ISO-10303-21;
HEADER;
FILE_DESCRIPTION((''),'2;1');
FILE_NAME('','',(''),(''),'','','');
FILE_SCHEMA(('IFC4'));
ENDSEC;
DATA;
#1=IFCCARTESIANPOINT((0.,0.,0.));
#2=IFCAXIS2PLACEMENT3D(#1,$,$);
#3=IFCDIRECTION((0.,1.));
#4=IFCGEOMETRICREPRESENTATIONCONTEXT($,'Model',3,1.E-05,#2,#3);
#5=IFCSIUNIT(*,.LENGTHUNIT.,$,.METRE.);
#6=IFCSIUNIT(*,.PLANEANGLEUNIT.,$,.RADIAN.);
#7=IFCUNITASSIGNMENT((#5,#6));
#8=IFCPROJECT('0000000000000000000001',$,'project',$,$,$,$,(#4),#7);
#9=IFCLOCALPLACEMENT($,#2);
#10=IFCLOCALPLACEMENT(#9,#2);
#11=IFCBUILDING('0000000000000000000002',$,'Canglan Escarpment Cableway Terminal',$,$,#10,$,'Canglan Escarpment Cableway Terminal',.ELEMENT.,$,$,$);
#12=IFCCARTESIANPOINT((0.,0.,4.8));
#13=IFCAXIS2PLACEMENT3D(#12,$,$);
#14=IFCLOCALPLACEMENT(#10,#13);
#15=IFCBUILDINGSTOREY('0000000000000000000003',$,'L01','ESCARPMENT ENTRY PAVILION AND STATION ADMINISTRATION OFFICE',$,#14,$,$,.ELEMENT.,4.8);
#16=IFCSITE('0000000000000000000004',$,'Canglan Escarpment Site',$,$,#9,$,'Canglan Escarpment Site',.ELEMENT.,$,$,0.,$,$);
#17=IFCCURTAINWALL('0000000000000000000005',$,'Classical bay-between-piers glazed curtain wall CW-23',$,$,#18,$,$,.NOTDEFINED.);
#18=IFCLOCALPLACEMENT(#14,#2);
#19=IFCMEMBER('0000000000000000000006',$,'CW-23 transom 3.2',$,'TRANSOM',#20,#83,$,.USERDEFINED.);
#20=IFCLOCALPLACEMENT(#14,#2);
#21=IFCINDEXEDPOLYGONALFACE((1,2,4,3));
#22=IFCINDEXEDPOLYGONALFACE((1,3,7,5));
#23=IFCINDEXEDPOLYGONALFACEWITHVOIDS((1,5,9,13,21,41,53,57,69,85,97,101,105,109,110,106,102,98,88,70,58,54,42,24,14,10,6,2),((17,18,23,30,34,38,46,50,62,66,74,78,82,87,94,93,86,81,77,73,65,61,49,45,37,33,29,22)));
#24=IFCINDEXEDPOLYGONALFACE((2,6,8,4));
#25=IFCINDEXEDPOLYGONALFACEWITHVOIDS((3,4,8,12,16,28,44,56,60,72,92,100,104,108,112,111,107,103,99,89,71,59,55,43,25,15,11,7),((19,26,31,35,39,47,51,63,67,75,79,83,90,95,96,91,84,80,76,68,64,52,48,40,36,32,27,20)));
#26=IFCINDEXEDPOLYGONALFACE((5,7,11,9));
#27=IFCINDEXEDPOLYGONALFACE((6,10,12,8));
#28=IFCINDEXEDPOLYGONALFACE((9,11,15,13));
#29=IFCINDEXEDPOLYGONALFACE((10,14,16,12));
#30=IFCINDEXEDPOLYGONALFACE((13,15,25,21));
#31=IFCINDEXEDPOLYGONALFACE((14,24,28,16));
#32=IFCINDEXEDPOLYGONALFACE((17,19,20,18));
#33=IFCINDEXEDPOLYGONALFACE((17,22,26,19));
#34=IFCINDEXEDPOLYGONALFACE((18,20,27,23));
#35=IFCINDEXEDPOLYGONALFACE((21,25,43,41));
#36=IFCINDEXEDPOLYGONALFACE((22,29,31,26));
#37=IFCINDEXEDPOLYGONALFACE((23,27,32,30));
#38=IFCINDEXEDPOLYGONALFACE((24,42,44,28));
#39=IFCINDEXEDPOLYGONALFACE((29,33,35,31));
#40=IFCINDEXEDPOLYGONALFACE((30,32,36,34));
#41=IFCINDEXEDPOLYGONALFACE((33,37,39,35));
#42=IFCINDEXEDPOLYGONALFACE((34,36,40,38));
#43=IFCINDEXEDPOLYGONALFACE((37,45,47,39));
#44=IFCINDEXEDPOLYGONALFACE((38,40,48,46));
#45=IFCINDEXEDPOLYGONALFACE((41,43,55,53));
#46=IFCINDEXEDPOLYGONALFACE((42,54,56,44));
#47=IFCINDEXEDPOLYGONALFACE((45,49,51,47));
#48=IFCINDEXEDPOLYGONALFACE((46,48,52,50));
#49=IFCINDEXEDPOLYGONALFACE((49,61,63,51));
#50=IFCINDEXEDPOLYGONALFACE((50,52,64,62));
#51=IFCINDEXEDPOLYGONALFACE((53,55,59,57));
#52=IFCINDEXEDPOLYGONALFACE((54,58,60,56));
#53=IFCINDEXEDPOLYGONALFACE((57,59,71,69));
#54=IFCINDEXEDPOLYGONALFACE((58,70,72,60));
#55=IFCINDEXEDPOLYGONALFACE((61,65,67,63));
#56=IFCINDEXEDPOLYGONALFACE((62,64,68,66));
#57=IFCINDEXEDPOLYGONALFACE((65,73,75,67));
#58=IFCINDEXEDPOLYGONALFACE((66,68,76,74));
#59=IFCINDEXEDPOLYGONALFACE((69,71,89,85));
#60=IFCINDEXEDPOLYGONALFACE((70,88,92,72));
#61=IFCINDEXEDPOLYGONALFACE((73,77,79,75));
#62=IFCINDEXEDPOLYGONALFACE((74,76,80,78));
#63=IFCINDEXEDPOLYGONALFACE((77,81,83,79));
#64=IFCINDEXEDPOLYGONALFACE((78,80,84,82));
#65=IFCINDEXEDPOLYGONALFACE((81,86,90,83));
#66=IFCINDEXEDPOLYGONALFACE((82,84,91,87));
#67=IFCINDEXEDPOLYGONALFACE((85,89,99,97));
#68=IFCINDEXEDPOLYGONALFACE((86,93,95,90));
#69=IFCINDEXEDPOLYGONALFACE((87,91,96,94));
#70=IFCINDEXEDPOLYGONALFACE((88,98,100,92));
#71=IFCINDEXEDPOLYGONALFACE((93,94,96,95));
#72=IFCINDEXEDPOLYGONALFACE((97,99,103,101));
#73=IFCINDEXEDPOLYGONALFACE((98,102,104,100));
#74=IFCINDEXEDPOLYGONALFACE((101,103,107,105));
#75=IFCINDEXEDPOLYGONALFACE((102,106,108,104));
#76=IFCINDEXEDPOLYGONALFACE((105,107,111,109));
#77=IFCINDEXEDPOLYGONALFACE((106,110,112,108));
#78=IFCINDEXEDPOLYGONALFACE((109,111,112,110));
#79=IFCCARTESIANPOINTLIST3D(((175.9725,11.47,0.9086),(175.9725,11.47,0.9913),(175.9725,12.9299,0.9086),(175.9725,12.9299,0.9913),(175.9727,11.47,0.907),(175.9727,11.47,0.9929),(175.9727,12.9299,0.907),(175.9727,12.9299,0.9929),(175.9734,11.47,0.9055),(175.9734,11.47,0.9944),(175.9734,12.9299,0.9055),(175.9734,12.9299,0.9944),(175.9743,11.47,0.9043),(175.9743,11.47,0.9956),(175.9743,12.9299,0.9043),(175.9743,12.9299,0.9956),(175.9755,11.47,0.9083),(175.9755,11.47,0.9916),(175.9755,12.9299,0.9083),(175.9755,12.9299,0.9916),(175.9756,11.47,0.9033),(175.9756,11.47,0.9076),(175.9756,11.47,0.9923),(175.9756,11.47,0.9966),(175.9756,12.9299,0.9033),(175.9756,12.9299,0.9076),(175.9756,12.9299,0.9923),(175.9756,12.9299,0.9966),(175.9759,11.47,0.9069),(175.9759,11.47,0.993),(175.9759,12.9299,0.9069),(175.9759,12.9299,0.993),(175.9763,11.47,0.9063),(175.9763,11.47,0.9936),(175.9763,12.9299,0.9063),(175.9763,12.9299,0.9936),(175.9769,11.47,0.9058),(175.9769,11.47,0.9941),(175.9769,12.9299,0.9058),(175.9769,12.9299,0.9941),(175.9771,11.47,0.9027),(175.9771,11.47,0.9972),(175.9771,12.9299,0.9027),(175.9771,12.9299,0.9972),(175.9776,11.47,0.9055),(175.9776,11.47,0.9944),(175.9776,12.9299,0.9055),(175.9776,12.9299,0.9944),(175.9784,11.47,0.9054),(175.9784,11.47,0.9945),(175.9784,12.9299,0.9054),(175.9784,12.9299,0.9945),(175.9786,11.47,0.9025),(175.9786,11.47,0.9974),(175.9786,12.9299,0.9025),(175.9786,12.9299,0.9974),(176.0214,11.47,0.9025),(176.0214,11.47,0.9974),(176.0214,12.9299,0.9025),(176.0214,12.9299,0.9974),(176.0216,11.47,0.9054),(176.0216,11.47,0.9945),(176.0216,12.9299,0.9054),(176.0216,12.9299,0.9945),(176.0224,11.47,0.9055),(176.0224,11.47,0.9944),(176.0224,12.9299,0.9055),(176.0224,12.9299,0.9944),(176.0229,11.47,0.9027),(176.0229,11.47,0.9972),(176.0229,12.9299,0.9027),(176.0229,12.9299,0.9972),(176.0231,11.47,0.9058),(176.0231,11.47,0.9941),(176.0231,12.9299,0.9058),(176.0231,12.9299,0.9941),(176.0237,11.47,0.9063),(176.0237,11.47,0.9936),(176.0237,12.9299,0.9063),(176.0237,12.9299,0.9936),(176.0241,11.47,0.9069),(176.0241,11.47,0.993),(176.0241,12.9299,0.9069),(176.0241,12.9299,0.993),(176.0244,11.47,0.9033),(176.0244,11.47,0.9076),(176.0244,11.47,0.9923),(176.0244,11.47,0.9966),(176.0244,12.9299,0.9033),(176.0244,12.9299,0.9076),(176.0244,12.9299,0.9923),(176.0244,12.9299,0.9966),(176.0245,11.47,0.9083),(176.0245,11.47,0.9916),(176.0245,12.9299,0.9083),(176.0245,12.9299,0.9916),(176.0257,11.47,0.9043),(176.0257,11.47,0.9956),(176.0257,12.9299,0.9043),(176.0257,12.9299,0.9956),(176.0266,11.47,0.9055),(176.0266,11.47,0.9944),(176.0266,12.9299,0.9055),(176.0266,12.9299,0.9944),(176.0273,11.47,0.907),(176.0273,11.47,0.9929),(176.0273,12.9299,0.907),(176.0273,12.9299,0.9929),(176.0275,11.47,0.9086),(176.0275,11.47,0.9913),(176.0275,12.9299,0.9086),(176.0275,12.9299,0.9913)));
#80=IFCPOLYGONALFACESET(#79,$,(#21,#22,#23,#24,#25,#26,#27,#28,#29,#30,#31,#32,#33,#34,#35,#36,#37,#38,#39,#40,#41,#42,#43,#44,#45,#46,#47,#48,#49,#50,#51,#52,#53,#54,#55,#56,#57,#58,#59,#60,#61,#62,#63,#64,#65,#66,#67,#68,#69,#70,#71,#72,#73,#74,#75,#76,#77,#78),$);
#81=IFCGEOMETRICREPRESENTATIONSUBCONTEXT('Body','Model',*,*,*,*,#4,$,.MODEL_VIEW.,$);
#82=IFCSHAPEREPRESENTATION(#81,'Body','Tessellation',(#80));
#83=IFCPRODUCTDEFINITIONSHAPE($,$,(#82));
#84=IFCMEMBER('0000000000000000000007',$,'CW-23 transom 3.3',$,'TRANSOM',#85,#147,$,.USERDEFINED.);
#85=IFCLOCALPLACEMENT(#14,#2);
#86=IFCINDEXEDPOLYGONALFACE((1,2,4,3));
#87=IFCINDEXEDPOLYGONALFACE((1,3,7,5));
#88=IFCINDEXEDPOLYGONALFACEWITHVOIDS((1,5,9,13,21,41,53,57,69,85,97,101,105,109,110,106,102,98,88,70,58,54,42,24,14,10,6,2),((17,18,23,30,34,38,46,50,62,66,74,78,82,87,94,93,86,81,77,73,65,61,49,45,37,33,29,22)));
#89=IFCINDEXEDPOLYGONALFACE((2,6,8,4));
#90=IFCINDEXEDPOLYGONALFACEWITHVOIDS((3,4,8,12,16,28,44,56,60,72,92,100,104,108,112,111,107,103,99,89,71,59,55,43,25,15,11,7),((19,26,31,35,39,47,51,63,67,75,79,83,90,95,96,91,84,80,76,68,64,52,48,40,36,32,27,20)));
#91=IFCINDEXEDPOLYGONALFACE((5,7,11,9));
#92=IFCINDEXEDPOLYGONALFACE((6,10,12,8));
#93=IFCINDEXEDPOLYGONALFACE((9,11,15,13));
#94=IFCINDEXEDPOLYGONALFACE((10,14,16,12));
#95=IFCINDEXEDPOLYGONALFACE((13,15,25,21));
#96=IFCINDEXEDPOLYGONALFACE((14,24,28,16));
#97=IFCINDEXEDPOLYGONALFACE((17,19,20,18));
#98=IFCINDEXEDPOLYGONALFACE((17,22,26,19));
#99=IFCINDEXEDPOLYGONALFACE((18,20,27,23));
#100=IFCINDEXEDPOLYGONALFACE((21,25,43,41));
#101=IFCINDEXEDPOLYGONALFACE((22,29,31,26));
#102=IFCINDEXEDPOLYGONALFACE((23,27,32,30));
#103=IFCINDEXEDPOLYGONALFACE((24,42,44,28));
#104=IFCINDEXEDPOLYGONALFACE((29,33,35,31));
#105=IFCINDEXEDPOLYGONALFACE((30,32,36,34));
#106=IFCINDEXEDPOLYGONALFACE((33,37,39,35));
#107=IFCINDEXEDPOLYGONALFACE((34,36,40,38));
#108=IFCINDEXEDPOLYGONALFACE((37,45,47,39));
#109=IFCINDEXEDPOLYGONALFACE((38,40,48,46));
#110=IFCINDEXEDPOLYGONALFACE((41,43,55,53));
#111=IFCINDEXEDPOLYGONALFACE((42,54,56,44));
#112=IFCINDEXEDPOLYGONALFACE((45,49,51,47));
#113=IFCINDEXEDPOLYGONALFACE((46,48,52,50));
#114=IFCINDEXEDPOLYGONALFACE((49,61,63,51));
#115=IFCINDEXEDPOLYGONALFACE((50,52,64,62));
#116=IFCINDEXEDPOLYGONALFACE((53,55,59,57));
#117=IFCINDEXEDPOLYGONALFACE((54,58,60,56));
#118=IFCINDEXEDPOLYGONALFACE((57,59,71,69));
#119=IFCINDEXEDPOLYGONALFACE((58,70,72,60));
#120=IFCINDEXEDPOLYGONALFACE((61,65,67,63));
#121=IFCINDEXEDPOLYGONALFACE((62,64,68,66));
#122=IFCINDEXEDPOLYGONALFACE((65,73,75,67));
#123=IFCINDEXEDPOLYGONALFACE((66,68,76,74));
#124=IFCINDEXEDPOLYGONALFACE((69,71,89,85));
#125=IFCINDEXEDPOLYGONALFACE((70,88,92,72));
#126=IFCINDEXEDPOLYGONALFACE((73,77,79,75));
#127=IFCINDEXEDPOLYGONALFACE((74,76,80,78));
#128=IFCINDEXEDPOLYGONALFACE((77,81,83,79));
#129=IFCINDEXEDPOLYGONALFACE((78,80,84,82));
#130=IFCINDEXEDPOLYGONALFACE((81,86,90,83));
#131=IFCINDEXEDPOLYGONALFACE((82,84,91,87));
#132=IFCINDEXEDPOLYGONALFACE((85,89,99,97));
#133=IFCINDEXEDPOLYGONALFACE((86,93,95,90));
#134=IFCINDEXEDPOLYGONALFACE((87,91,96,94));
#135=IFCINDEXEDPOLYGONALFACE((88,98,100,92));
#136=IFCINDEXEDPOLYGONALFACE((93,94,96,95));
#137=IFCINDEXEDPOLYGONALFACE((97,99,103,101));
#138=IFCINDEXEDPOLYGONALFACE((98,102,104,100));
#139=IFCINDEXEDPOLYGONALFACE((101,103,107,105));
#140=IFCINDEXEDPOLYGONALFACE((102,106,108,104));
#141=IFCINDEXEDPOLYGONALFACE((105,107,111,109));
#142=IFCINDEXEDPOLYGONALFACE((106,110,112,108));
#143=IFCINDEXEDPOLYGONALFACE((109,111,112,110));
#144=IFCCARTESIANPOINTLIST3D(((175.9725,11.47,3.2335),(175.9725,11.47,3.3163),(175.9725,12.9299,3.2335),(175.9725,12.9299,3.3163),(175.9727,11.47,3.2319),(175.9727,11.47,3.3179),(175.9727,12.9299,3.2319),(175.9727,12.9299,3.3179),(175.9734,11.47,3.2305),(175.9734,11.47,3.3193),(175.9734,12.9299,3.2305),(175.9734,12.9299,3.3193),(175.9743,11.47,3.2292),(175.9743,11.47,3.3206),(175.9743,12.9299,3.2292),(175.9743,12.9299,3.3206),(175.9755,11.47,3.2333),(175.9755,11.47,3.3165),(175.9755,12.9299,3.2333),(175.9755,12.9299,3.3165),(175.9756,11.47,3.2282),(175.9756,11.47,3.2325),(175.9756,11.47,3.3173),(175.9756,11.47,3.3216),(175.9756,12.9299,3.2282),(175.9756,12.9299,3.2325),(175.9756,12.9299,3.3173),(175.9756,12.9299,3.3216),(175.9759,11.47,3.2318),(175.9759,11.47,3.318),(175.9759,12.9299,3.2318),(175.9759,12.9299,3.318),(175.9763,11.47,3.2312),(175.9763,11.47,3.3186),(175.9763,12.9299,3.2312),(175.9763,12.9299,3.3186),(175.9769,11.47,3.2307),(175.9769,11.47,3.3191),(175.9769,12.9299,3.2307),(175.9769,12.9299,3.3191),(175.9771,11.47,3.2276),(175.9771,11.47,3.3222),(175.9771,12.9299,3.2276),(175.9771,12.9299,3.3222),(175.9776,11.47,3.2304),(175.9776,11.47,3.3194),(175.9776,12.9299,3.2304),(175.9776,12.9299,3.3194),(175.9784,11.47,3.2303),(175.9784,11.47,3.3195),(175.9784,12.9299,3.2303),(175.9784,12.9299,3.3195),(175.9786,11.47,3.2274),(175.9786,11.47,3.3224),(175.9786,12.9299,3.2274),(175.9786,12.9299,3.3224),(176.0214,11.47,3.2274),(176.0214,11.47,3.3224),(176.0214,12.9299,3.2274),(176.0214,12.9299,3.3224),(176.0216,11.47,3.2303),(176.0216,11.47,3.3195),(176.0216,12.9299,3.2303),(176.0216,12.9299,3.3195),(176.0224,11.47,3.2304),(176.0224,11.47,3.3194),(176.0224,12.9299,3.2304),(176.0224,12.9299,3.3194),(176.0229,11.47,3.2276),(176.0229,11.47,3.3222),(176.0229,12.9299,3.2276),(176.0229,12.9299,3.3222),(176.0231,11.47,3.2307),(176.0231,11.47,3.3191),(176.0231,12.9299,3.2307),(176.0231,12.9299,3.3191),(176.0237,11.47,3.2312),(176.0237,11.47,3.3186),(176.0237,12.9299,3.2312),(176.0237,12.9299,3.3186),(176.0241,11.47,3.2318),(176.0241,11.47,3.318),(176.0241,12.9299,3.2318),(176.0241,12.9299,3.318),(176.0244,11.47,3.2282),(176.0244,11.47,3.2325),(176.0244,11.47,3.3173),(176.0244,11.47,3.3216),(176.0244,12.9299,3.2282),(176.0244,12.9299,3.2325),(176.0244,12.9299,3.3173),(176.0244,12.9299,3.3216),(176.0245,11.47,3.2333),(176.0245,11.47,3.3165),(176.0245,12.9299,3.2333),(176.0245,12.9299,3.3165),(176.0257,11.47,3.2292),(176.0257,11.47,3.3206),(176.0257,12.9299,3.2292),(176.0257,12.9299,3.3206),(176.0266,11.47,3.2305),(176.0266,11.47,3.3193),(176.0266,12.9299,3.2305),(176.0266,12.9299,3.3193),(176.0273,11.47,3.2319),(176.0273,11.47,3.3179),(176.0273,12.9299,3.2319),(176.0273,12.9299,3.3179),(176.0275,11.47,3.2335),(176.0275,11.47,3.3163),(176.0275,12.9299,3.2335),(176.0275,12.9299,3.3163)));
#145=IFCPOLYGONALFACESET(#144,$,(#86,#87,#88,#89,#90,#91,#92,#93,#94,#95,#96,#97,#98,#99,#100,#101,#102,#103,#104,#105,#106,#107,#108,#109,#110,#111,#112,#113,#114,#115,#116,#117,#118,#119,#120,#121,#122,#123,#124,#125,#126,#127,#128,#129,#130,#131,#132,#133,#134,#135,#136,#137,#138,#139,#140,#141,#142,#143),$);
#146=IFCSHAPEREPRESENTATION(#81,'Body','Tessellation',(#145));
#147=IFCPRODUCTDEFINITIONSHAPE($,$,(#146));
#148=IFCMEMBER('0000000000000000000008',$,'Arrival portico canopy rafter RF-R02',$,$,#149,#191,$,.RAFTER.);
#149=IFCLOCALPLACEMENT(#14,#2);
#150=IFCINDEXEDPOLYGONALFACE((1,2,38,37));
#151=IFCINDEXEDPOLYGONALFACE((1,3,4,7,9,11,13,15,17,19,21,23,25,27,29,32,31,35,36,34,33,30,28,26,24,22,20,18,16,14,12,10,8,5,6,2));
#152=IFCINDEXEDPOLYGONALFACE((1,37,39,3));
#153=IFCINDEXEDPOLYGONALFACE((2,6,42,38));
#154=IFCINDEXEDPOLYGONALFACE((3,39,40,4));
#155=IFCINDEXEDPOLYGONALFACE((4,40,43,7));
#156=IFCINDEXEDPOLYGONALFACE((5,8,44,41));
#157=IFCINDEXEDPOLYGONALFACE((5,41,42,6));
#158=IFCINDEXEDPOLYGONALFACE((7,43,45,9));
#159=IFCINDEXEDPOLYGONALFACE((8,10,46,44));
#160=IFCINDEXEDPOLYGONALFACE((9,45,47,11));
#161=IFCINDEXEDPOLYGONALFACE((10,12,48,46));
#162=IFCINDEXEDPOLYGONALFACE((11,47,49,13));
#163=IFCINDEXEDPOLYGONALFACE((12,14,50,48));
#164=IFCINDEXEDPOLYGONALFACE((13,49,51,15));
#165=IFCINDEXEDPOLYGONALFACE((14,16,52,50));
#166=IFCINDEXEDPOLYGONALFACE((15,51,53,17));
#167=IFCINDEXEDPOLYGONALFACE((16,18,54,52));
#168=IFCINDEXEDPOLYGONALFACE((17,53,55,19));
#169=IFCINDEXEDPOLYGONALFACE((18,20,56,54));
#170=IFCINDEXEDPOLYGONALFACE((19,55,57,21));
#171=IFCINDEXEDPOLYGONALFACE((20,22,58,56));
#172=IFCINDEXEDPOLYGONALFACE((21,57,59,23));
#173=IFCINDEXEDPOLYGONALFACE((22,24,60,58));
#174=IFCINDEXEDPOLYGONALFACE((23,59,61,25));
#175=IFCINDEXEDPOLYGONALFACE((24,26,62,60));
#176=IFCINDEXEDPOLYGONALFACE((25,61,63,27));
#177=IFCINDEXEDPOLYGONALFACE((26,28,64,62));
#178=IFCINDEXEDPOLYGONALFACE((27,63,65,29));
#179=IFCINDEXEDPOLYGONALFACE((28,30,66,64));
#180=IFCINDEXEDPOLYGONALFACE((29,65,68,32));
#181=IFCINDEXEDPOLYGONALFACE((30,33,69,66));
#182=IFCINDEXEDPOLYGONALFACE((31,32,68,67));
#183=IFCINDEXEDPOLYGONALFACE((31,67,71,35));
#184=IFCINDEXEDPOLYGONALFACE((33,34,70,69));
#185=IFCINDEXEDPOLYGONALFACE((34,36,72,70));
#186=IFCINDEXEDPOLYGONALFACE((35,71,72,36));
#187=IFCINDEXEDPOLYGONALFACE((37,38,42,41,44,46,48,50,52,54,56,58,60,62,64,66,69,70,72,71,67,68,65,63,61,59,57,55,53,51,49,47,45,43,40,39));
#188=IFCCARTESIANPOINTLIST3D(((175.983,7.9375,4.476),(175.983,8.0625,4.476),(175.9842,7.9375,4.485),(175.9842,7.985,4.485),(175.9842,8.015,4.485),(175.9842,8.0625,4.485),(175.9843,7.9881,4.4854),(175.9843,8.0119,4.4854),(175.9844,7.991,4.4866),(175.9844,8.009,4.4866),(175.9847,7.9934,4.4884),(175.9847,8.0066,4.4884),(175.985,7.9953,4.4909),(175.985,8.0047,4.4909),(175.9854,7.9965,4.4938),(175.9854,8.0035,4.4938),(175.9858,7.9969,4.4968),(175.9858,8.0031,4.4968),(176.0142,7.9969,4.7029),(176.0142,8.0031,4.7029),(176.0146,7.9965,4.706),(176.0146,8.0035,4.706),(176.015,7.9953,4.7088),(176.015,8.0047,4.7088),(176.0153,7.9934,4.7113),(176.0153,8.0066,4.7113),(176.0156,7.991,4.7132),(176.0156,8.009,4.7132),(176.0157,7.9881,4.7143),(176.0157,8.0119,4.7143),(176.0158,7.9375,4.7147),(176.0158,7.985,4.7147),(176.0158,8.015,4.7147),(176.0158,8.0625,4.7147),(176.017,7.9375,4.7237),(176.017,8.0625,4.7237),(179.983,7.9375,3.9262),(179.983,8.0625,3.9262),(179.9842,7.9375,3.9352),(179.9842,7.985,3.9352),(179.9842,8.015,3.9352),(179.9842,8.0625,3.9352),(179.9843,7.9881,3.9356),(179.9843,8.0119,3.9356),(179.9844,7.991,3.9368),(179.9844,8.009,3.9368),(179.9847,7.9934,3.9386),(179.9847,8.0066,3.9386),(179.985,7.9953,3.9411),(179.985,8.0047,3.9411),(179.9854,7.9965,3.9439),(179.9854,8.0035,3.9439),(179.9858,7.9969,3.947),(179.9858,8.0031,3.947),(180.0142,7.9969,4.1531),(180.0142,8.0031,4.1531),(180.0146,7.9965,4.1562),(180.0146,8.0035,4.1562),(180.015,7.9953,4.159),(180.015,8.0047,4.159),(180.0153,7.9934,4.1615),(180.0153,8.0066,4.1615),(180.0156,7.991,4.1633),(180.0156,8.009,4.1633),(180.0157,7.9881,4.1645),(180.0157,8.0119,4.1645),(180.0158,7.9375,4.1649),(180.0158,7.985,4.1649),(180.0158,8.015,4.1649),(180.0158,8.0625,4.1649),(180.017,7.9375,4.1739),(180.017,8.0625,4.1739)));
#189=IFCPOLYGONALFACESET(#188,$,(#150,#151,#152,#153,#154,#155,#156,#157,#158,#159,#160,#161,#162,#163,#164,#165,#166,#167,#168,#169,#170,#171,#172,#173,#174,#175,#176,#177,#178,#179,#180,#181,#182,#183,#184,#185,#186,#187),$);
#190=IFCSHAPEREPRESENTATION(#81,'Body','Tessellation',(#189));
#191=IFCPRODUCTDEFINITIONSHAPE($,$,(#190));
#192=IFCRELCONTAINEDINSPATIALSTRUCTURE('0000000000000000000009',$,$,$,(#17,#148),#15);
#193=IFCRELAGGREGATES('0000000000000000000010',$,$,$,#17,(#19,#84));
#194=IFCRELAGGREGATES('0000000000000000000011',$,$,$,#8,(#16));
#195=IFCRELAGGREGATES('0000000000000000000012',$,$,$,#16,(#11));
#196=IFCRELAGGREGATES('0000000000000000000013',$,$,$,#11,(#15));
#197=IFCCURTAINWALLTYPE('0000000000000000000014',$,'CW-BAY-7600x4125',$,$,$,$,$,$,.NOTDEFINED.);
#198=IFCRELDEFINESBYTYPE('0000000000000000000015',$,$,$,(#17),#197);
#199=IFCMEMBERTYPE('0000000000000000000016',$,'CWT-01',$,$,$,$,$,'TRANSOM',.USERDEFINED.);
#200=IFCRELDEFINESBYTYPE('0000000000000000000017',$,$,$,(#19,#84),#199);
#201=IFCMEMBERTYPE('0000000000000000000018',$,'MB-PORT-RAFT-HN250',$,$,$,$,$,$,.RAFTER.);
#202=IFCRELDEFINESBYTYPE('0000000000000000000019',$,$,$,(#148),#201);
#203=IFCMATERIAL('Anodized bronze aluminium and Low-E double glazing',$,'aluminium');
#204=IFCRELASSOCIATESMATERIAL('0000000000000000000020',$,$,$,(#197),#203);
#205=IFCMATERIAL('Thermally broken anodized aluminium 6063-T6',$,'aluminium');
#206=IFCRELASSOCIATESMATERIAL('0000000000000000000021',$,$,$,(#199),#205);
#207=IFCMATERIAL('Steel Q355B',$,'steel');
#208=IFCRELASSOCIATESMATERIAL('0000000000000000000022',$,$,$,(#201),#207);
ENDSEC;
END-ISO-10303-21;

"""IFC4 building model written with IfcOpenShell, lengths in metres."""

from ifc_helpers import new_model, si_unit, direction, frame, origin, origin_2d, place, context, subcontext, project, spatial, hollow_rectangle, i_section, extrude, material, material_profile, profile_set, type_object, element, aggregate, save


model = new_model("IFC4")

# Units and contexts
model_context = context("Model", 3, precision=1e-05, world=origin(), true_north=direction((0.0, 1.0)))
body_context = subcontext(model_context, "Body", "Model", "MODEL_VIEW")
ifc_project = project(units=[si_unit("LENGTHUNIT", "METRE"), si_unit("PLANEANGLEUNIT", "RADIAN")], contexts=[model_context])

# Site, building, storey
site_placement = place(None, origin())
site = spatial("IfcSite", under=ifc_project, at=site_placement, Name="Canglan Escarpment Site", LongName="Canglan Escarpment Site", CompositionType="ELEMENT", RefElevation=0.0)
building_placement = place(site_placement, origin())
building = spatial("IfcBuilding", under=site, at=building_placement, Name="Canglan Escarpment Cableway Terminal", LongName="Canglan Escarpment Cableway Terminal", CompositionType="ELEMENT")
storey_placement = place(building_placement, frame((0.0, 0.0, 4.8)))
storey = spatial("IfcBuildingStorey", under=building, at=storey_placement, Name="L01", Description="ESCARPMENT ENTRY PAVILION AND STATION ADMINISTRATION OFFICE", CompositionType="ELEMENT", Elevation=4.8)

# Shared definitions
ifc_material_1 = material(Name="Steel Q355B", Category="steel")

# Curtain wall, members
ifc_material_2 = material(Name="Anodized bronze aluminium and Low-E double glazing", Category="aluminium")
curtain_wall_type_1 = type_object("IfcCurtainWallType", Name="CW-BAY-7600x4125", PredefinedType="NOTDEFINED", material=ifc_material_2)
curtain_wall_1_placement = place(storey_placement, origin())
curtain_wall_1 = element("IfcCurtainWall", 1, at=curtain_wall_1_placement, inside=storey, type_object=curtain_wall_type_1, Name="Classical bay-between-piers glazed curtain wall CW-23", PredefinedType="NOTDEFINED")
ifc_material_3 = material(Name="Thermally broken anodized aluminium 6063-T6", Category="aluminium")
ifc_material_profile_1 = material_profile(ifc_material_3, hollow_rectangle(XDim=0.0549, YDim=0.095, WallThickness=0.0029, InnerFilletRadius=0.0029, OuterFilletRadius=0.0061, at=origin_2d()), Name="ALU-TRAN 55x95x3")
ifc_profile_set_1 = profile_set([ifc_material_profile_1], Name="Thermally broken anodized aluminium 6063-T6")
member_type_1 = type_object("IfcMemberType", Name="CWT-01", ElementType="TRANSOM", PredefinedType="USERDEFINED", material=ifc_profile_set_1)
member_1_placement = place(storey_placement, frame((176.0, 11.47, 0.95), z_axis=(0.0, 1.0, 0.0), x_axis=(-1.0, 0.0, 0.0)))
member_1 = element("IfcMember", 2, at=member_1_placement, type_object=member_type_1, Name="CW-23 transom 3.2", ObjectType="TRANSOM", PredefinedType="USERDEFINED", context=body_context, shape_type="SweptSolid", body=[
    extrude(hollow_rectangle(XDim=0.0549, YDim=0.095, WallThickness=0.0029, InnerFilletRadius=0.0029, OuterFilletRadius=0.0061, at=origin_2d()), origin(), (0.0, 0.0, 1.0), 1.46),
])
member_2_placement = place(storey_placement, frame((176.0, 11.47, 3.2749), z_axis=(0.0, 1.0, 0.0), x_axis=(-1.0, 0.0, 0.0)))
member_2 = element("IfcMember", 3, at=member_2_placement, type_object=member_type_1, Name="CW-23 transom 3.3", ObjectType="TRANSOM", PredefinedType="USERDEFINED", context=body_context, shape_type="SweptSolid", body=[
    extrude(hollow_rectangle(XDim=0.0549, YDim=0.095, WallThickness=0.0029, InnerFilletRadius=0.0029, OuterFilletRadius=0.0061, at=origin_2d()), origin(), (0.0, 0.0, 1.0), 1.46),
])

# Member
ifc_material_profile_2 = material_profile(ifc_material_1, i_section(OverallWidth=0.125, OverallDepth=0.25, WebThickness=0.0061, FlangeThickness=0.009, FilletRadius=0.012, at=origin_2d()), Name="HN 250x125x6x9")
ifc_profile_set_2 = profile_set([ifc_material_profile_2], Name="Steel Q355B")
member_type_2 = type_object("IfcMemberType", Name="MB-PORT-RAFT-HN250", PredefinedType="RAFTER", material=ifc_profile_set_2)
member_3_placement = place(storey_placement, frame((176.0, 8.0, 4.5999), z_axis=(0.990685, 0.0, -0.136171), x_axis=(0.0, 1.0, 0.0)))
element("IfcMember", 4, at=member_3_placement, inside=storey, type_object=member_type_2, Name="Arrival portico canopy rafter RF-R02", PredefinedType="RAFTER", context=body_context, shape_type="SweptSolid", body=[
    extrude(i_section(OverallWidth=0.125, OverallDepth=0.25, WebThickness=0.0061, FlangeThickness=0.009, FilletRadius=0.012, at=origin_2d()), origin(), (0.0, 0.0, 1.0), 4.0376),
])

aggregate(curtain_wall_1, [member_1, member_2])

save(model, "model.ifc")
